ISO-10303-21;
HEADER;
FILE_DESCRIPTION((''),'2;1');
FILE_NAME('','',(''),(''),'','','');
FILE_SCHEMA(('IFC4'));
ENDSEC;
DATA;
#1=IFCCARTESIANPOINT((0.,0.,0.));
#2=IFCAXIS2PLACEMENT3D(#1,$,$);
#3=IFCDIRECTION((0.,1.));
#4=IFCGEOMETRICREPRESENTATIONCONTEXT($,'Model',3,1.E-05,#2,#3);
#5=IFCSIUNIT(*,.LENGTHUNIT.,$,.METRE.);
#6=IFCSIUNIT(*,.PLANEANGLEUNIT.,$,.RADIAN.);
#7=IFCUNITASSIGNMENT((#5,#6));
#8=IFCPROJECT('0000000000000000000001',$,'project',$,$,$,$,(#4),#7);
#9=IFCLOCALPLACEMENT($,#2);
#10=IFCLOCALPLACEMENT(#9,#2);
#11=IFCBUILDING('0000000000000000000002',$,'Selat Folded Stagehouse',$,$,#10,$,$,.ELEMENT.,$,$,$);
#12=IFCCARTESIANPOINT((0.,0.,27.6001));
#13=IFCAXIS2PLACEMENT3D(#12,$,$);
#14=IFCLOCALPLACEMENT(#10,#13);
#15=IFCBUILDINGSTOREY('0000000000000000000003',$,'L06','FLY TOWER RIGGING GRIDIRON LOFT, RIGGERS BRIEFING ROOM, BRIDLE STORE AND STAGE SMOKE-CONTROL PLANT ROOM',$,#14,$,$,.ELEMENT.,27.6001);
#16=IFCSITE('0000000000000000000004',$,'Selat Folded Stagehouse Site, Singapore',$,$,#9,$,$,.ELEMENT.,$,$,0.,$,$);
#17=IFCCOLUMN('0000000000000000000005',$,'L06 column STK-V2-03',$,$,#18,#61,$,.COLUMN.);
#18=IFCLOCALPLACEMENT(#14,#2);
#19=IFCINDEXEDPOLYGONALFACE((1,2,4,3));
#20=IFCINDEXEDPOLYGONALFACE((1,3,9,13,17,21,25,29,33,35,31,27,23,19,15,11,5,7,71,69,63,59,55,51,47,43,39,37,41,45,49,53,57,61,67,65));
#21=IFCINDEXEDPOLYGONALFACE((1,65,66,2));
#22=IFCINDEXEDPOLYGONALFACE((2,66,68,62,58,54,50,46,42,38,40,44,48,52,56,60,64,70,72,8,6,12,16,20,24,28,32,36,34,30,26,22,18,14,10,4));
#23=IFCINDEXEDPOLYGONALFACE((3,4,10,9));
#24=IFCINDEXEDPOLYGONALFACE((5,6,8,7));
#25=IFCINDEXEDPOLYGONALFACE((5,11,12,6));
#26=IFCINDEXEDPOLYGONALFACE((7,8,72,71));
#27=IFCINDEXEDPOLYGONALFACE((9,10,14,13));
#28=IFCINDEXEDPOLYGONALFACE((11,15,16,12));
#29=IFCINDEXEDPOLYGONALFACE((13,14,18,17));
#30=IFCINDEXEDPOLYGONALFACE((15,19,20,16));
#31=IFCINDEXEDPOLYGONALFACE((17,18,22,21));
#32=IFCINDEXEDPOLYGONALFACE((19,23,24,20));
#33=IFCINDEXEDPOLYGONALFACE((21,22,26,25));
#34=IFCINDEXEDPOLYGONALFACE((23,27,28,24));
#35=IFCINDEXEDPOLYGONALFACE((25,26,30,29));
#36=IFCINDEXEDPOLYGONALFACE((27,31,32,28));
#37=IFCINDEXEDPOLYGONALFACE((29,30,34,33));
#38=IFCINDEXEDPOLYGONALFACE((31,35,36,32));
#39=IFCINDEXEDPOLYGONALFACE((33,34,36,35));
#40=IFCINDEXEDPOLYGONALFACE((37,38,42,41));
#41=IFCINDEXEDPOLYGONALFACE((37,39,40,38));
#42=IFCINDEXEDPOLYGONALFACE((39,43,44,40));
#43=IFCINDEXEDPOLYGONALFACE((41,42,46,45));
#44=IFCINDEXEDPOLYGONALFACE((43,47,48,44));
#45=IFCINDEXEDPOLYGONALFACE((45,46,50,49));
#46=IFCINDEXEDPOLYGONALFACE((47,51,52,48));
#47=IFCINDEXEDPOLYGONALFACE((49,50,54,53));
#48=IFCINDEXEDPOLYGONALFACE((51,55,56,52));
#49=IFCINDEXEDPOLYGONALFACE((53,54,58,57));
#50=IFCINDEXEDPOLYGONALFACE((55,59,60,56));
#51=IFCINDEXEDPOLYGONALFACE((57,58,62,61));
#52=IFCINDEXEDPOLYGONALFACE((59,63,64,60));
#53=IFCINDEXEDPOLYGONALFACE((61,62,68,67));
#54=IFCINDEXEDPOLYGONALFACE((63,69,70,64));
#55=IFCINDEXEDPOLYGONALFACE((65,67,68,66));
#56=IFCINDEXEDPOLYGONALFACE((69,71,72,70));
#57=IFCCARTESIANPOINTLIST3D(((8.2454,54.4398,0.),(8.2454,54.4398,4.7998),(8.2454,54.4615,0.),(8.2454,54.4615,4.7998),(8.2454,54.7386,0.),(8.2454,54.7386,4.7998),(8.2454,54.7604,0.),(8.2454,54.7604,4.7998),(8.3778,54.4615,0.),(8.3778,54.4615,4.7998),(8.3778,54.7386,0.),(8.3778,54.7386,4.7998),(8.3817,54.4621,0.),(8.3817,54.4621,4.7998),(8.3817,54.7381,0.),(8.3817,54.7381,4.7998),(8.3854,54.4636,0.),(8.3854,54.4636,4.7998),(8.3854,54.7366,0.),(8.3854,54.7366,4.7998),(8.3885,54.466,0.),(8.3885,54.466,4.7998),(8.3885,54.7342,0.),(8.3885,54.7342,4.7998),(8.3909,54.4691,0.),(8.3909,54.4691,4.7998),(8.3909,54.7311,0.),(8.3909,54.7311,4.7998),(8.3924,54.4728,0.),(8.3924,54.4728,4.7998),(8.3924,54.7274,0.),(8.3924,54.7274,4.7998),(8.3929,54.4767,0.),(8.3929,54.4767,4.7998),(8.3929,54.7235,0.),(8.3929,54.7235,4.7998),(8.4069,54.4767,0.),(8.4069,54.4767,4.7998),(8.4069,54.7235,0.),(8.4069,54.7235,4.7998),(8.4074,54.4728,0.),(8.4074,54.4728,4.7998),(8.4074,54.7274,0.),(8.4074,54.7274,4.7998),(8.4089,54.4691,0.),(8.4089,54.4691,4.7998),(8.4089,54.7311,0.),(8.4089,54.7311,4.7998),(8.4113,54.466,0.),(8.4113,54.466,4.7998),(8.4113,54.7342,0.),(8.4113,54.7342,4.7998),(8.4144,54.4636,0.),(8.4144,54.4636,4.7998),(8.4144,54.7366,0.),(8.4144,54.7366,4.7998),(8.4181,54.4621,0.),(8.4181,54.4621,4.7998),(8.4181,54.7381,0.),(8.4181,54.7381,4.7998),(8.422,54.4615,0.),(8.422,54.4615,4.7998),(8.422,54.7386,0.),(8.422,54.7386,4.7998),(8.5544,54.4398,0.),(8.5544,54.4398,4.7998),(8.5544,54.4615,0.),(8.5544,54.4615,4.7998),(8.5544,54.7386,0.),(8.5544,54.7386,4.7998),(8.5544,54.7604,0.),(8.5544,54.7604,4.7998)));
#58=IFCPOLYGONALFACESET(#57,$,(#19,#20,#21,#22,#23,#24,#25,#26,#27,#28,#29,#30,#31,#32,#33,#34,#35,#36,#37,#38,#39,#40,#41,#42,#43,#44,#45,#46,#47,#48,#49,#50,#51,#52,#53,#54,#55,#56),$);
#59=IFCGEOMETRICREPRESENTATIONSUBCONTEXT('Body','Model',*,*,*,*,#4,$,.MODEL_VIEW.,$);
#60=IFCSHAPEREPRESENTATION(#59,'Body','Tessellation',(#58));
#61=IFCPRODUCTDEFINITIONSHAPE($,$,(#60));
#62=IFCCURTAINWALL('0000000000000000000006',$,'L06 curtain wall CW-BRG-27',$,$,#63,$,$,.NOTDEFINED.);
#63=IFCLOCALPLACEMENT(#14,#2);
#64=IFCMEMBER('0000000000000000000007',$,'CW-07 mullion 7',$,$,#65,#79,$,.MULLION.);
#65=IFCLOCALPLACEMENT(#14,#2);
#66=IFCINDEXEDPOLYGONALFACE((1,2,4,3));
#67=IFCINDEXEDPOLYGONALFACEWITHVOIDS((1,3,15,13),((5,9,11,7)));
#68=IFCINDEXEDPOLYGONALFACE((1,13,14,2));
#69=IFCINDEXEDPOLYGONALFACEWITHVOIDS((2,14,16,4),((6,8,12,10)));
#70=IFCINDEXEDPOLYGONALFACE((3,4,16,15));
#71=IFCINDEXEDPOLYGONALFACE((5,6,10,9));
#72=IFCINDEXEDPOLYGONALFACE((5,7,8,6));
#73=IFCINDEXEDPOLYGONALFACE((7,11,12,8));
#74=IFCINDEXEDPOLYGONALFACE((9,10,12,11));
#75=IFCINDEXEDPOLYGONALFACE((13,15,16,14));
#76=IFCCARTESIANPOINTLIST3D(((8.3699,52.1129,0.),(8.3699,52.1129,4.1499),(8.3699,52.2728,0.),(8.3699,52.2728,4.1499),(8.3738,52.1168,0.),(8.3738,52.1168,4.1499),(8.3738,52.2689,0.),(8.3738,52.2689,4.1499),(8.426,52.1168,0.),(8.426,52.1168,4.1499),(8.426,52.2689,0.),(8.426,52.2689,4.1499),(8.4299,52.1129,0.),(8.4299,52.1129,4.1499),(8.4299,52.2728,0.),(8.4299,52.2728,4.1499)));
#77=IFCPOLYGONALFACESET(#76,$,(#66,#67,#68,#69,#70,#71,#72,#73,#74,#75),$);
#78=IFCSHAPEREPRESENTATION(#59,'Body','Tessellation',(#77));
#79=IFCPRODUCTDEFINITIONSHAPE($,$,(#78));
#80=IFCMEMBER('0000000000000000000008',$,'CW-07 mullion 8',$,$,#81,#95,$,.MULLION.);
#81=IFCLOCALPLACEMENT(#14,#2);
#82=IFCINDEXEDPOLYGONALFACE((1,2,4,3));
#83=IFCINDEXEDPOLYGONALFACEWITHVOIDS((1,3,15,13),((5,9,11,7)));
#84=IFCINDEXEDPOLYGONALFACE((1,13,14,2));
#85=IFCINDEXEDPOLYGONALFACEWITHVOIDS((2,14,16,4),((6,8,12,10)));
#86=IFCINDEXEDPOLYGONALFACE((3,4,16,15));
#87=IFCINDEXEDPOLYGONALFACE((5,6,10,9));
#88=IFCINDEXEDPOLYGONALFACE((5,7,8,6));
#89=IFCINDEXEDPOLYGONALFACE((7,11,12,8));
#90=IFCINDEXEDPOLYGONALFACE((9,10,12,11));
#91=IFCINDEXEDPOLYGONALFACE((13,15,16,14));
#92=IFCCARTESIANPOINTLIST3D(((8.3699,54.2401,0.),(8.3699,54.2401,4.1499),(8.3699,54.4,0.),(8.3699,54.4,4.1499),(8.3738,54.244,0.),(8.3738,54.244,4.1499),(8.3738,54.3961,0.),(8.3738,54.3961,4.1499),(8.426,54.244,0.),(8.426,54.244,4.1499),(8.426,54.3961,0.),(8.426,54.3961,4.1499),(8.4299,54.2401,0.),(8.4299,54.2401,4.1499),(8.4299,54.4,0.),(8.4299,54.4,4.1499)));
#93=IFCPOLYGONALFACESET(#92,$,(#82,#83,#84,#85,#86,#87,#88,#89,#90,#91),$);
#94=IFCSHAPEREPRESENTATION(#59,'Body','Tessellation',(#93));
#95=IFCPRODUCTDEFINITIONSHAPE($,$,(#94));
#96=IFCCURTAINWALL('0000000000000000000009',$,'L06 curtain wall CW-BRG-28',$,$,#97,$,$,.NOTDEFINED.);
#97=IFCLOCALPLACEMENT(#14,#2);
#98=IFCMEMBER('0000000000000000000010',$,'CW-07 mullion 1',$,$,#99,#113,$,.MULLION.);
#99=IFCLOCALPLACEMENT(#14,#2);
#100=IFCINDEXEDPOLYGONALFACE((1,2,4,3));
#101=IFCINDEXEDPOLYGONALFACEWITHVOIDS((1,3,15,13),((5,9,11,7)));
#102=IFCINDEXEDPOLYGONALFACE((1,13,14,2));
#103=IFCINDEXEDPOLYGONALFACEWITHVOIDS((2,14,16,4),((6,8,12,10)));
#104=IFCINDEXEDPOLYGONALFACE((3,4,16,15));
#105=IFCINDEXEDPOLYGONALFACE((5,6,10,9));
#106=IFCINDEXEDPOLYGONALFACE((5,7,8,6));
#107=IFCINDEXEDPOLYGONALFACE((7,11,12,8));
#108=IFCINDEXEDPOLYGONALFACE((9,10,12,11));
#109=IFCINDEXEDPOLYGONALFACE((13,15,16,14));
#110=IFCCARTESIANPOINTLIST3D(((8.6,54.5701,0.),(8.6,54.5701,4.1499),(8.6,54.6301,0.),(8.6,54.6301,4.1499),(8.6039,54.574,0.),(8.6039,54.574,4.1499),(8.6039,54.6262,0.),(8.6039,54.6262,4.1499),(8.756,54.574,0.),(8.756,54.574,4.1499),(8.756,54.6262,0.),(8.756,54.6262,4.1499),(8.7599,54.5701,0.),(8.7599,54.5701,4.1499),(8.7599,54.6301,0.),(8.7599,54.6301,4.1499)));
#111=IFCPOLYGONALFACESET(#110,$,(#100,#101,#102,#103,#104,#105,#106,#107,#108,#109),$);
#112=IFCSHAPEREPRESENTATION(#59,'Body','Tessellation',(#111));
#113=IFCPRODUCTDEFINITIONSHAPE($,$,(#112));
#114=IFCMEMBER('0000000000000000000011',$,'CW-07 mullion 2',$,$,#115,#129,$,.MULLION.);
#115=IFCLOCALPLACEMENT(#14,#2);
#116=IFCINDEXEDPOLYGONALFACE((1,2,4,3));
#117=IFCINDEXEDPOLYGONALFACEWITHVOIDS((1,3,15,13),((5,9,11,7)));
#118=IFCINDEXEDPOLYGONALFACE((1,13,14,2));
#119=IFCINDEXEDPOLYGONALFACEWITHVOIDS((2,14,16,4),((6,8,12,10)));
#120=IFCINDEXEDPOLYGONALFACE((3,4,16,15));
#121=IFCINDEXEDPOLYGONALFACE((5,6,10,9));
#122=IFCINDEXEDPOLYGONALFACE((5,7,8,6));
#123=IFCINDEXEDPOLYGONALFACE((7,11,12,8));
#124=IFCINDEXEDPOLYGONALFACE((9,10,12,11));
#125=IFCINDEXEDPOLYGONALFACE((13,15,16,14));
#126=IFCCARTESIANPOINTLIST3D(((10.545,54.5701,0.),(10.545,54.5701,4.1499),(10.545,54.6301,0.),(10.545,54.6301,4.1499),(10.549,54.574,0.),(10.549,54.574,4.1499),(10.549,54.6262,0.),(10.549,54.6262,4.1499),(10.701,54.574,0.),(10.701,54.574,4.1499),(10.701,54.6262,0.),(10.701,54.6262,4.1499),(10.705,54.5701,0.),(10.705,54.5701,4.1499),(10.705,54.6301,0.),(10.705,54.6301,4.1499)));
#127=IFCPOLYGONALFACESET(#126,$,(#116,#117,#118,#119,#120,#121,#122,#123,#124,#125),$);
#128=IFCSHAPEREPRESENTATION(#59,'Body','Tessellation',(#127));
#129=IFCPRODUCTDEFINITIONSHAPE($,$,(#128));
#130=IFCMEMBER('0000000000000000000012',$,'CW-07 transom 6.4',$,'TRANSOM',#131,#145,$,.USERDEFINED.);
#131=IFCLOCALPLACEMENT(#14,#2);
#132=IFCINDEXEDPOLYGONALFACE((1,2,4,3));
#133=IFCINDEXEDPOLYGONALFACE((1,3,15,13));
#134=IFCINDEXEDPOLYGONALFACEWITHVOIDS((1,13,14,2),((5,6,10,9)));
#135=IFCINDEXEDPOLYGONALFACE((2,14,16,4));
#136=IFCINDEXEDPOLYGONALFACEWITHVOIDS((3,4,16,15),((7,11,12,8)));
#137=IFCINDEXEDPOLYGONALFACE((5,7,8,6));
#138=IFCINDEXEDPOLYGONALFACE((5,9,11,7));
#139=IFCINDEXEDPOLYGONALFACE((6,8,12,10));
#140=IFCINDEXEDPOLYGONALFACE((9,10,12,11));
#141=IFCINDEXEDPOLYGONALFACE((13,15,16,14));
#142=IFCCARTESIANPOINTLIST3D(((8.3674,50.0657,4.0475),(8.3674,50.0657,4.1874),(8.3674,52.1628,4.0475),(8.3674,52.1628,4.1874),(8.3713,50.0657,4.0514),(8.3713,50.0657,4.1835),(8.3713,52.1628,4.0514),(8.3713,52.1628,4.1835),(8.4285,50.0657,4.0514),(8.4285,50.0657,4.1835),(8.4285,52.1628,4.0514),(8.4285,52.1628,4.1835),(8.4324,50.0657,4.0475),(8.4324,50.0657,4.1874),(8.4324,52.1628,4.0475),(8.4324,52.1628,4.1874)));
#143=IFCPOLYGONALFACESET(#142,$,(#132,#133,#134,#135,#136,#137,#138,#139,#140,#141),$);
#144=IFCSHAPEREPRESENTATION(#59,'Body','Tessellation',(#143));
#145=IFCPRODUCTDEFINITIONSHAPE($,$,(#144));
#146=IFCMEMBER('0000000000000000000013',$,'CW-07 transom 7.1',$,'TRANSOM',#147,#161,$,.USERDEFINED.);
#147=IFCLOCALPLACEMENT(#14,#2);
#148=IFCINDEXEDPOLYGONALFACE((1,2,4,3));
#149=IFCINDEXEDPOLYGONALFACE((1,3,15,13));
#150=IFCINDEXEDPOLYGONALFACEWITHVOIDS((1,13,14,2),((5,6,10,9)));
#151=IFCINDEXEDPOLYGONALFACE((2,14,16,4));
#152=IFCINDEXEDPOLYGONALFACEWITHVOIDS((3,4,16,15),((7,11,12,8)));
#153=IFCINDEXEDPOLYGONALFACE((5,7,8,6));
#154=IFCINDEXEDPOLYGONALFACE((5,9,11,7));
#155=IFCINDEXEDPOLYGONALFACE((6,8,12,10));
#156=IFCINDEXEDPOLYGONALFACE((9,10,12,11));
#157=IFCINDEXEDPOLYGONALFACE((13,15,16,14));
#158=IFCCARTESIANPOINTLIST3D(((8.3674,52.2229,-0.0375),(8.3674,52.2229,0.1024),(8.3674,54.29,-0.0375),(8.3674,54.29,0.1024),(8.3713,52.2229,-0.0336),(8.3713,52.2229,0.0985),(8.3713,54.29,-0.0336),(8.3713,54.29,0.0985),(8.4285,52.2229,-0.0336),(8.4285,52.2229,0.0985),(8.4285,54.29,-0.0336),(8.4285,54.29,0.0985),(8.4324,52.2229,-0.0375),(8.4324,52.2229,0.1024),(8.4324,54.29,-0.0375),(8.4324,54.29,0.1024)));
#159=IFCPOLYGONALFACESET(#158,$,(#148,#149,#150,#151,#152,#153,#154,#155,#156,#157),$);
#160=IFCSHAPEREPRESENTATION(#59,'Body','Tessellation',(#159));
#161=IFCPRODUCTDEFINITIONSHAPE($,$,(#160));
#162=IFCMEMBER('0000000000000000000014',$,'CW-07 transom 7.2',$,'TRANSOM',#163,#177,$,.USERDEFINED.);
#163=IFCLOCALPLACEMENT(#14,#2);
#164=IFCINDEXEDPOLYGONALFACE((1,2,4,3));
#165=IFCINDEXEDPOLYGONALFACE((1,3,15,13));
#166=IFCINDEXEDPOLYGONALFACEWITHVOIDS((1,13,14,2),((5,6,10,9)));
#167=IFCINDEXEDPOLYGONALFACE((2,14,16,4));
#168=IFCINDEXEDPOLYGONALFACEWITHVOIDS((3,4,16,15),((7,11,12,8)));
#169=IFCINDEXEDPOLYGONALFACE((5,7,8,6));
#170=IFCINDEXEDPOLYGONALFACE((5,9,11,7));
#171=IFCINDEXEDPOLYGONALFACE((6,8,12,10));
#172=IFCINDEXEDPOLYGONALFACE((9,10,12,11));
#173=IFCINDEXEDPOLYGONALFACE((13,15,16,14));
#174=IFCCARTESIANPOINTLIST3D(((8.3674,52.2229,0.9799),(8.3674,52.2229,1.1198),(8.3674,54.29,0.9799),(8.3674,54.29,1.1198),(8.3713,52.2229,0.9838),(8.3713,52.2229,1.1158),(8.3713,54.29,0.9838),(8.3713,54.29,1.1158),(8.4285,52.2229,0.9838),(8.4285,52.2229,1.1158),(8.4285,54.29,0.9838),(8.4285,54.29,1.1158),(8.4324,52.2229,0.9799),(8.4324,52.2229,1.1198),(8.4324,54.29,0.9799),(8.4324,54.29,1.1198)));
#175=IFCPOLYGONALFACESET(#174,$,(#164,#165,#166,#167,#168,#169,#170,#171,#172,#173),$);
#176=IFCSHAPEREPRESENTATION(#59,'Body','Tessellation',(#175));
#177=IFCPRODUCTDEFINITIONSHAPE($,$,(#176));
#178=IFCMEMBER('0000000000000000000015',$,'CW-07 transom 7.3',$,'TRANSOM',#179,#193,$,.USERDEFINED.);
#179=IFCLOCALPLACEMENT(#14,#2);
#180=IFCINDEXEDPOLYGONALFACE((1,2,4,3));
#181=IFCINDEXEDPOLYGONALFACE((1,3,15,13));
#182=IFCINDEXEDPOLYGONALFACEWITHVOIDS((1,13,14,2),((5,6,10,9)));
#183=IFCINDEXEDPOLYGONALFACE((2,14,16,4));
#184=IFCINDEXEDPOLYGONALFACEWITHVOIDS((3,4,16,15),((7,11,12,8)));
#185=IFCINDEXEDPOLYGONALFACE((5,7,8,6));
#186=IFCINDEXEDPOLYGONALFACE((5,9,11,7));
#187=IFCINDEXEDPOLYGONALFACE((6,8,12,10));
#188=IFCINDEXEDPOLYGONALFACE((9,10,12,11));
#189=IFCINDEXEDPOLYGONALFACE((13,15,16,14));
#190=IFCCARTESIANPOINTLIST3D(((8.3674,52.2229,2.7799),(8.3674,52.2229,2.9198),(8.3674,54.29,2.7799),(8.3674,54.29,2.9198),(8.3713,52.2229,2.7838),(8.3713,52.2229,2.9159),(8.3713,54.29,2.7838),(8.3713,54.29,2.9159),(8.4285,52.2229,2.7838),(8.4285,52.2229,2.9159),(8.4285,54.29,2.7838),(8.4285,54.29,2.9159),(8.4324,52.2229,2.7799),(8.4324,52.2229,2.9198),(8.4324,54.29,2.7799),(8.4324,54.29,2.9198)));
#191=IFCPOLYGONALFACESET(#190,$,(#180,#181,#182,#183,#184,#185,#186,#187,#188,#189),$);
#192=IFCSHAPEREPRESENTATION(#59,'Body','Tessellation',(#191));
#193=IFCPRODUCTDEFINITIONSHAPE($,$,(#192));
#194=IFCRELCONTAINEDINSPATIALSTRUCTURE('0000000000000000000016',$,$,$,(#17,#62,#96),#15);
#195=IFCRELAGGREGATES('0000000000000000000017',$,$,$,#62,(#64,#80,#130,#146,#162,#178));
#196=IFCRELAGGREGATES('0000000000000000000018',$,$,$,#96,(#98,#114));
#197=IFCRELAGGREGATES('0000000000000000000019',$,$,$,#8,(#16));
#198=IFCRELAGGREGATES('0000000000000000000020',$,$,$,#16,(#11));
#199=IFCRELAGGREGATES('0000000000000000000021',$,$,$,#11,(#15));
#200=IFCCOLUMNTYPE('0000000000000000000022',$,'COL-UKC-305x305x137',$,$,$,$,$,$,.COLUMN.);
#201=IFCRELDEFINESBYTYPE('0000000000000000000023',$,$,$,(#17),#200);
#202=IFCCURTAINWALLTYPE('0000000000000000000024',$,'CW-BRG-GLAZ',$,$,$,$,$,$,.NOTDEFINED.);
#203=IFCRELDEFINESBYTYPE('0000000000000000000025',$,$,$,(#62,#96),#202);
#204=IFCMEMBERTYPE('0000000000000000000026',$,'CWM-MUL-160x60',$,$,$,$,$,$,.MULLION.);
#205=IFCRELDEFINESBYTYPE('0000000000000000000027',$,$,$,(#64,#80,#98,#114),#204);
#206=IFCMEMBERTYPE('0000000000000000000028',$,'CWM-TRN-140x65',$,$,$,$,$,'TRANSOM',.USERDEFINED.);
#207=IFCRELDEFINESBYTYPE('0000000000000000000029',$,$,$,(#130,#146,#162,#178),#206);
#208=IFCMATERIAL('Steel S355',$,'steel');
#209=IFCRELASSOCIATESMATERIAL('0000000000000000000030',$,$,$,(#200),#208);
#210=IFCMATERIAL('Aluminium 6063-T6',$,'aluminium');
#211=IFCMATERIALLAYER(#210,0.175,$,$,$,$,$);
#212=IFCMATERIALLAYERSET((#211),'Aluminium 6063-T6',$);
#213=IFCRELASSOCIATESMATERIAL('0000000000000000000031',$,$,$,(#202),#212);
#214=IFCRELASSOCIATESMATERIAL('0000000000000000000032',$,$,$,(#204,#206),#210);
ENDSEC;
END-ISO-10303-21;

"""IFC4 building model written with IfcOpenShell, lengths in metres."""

from ifc_helpers import new_model, si_unit, direction, frame, origin, origin_2d, place, context, subcontext, project, spatial, hollow_rectangle, i_section, extrude, material, layer, layer_set, material_profile, profile_set, type_object, element, aggregate, save


model = new_model("IFC4")

# Units and contexts
model_context = context("Model", 3, precision=1e-05, world=origin(), true_north=direction((0.0, 1.0)))
body_context = subcontext(model_context, "Body", "Model", "MODEL_VIEW")
ifc_project = project(units=[si_unit("LENGTHUNIT", "METRE"), si_unit("PLANEANGLEUNIT", "RADIAN")], contexts=[model_context])

# Site, building, storey
site_placement = place(None, origin())
site = spatial("IfcSite", under=ifc_project, at=site_placement, Name="Selat Folded Stagehouse Site, Singapore", CompositionType="ELEMENT", RefElevation=0.0)
building_placement = place(site_placement, origin())
building = spatial("IfcBuilding", under=site, at=building_placement, Name="Selat Folded Stagehouse", CompositionType="ELEMENT")
storey_placement = place(building_placement, frame((0.0, 0.0, 27.6001)))
storey = spatial("IfcBuildingStorey", under=building, at=storey_placement, Name="L06", Description="FLY TOWER RIGGING GRIDIRON LOFT, RIGGERS BRIEFING ROOM, BRIDLE STORE AND STAGE SMOKE-CONTROL PLANT ROOM", CompositionType="ELEMENT", Elevation=27.6001)

# Column
ifc_material_1 = material(Name="Steel S355", Category="steel")
ifc_material_profile_1 = material_profile(ifc_material_1, i_section(OverallWidth=0.3091, OverallDepth=0.3206, WebThickness=0.0139, FlangeThickness=0.0217, FilletRadius=0.0151, at=origin_2d()), Name="UKC 305x305x137")
ifc_profile_set_1 = profile_set([ifc_material_profile_1], Name="Steel S355")
column_type = type_object("IfcColumnType", Name="COL-UKC-305x305x137", PredefinedType="COLUMN", material=ifc_profile_set_1)
column_placement = place(storey_placement, frame((8.3999, 54.6001, 0.0), z_axis=(0.0, 0.0, 1.0), x_axis=(1.0, 0.0, 0.0)))
element("IfcColumn", 1, at=column_placement, inside=storey, type_object=column_type, Name="L06 column STK-V2-03", PredefinedType="COLUMN", context=body_context, shape_type="SweptSolid", body=[
    extrude(i_section(OverallWidth=0.3091, OverallDepth=0.3206, WebThickness=0.0139, FlangeThickness=0.0217, FilletRadius=0.0151, at=origin_2d()), origin(), (0.0, 0.0, 1.0), 4.7998),
])

# Curtain walls, members
ifc_material_2 = material(Name="Aluminium 6063-T6", Category="aluminium")
ifc_layer_1 = layer(ifc_material_2, 0.175)
ifc_layer_set_1 = layer_set([ifc_layer_1], Name="Aluminium 6063-T6")
curtain_wall_type = type_object("IfcCurtainWallType", Name="CW-BRG-GLAZ", PredefinedType="NOTDEFINED", material=ifc_layer_set_1)
curtain_wall_1_placement = place(storey_placement, origin())
curtain_wall_1 = element("IfcCurtainWall", 2, at=curtain_wall_1_placement, inside=storey, type_object=curtain_wall_type, Name="L06 curtain wall CW-BRG-27", PredefinedType="NOTDEFINED")
ifc_material_profile_2 = material_profile(ifc_material_2, hollow_rectangle(XDim=0.0601, YDim=0.1599, WallThickness=0.0039, at=origin_2d()), Name="ALU 160x60x4.0")
ifc_profile_set_2 = profile_set([ifc_material_profile_2], Name="Aluminium 6063-T6")
member_type_1 = type_object("IfcMemberType", Name="CWM-MUL-160x60", PredefinedType="MULLION", material=ifc_profile_set_2)
member_1_placement = place(storey_placement, frame((8.3999, 52.1929, 0.0), z_axis=(0.0, 0.0, 1.0), x_axis=(-1.0, 0.0, 0.0)))
member_1 = element("IfcMember", 3, at=member_1_placement, type_object=member_type_1, Name="CW-07 mullion 7", PredefinedType="MULLION", context=body_context, shape_type="SweptSolid", body=[
    extrude(hollow_rectangle(XDim=0.0601, YDim=0.1599, WallThickness=0.0039, at=origin_2d()), origin(), (0.0, 0.0, 1.0), 4.1499),
])
member_2_placement = place(storey_placement, frame((8.3999, 54.3201, 0.0), z_axis=(0.0, 0.0, 1.0), x_axis=(-1.0, 0.0, 0.0)))
member_2 = element("IfcMember", 4, at=member_2_placement, type_object=member_type_1, Name="CW-07 mullion 8", PredefinedType="MULLION", context=body_context, shape_type="SweptSolid", body=[
    extrude(hollow_rectangle(XDim=0.0601, YDim=0.1599, WallThickness=0.0039, at=origin_2d()), origin(), (0.0, 0.0, 1.0), 4.1499),
])
curtain_wall_2_placement = place(storey_placement, origin())
curtain_wall_2 = element("IfcCurtainWall", 5, at=curtain_wall_2_placement, inside=storey, type_object=curtain_wall_type, Name="L06 curtain wall CW-BRG-28", PredefinedType="NOTDEFINED")
member_3_placement = place(storey_placement, frame((8.6799, 54.6001, 0.0), z_axis=(0.0, 0.0, 1.0), x_axis=(0.0, 1.0, 0.0)))
member_3 = element("IfcMember", 6, at=member_3_placement, type_object=member_type_1, Name="CW-07 mullion 1", PredefinedType="MULLION", context=body_context, shape_type="SweptSolid", body=[
    extrude(hollow_rectangle(XDim=0.0601, YDim=0.1599, WallThickness=0.0039, at=origin_2d()), origin(), (0.0, 0.0, 1.0), 4.1499),
])
member_4_placement = place(storey_placement, frame((10.625, 54.6001, 0.0), z_axis=(0.0, 0.0, 1.0), x_axis=(0.0, 1.0, 0.0)))
member_4 = element("IfcMember", 7, at=member_4_placement, type_object=member_type_1, Name="CW-07 mullion 2", PredefinedType="MULLION", context=body_context, shape_type="SweptSolid", body=[
    extrude(hollow_rectangle(XDim=0.0601, YDim=0.1599, WallThickness=0.0039, at=origin_2d()), origin(), (0.0, 0.0, 1.0), 4.1499),
])

# Members
ifc_material_profile_3 = material_profile(ifc_material_2, hollow_rectangle(XDim=0.0649, YDim=0.1399, WallThickness=0.0039, at=origin_2d()), Name="ALU 140x65x4.0")
ifc_profile_set_3 = profile_set([ifc_material_profile_3], Name="Aluminium 6063-T6")
member_type_2 = type_object("IfcMemberType", Name="CWM-TRN-140x65", ElementType="TRANSOM", PredefinedType="USERDEFINED", material=ifc_profile_set_3)
member_5_placement = place(storey_placement, frame((8.3999, 50.0657, 4.1174), z_axis=(0.0, 1.0, 0.0), x_axis=(-1.0, 0.0, 0.0)))
member_5 = element("IfcMember", 8, at=member_5_placement, type_object=member_type_2, Name="CW-07 transom 6.4", ObjectType="TRANSOM", PredefinedType="USERDEFINED", context=body_context, shape_type="SweptSolid", body=[
    extrude(hollow_rectangle(XDim=0.0649, YDim=0.1399, WallThickness=0.0039, at=origin_2d()), origin(), (0.0, 0.0, 1.0), 2.0972),
])
member_6_placement = place(storey_placement, frame((8.3999, 52.2229, 0.0325), z_axis=(0.0, 1.0, 0.0), x_axis=(-1.0, 0.0, 0.0)))
member_6 = element("IfcMember", 9, at=member_6_placement, type_object=member_type_2, Name="CW-07 transom 7.1", ObjectType="TRANSOM", PredefinedType="USERDEFINED", context=body_context, shape_type="SweptSolid", body=[
    extrude(hollow_rectangle(XDim=0.0649, YDim=0.1399, WallThickness=0.0039, at=origin_2d()), origin(), (0.0, 0.0, 1.0), 2.0671),
])
member_7_placement = place(storey_placement, frame((8.3999, 52.2229, 1.0498), z_axis=(0.0, 1.0, 0.0), x_axis=(-1.0, 0.0, 0.0)))
member_7 = element("IfcMember", 10, at=member_7_placement, type_object=member_type_2, Name="CW-07 transom 7.2", ObjectType="TRANSOM", PredefinedType="USERDEFINED", context=body_context, shape_type="SweptSolid", body=[
    extrude(hollow_rectangle(XDim=0.0649, YDim=0.1399, WallThickness=0.0039, at=origin_2d()), origin(), (0.0, 0.0, 1.0), 2.0671),
])
member_8_placement = place(storey_placement, frame((8.3999, 52.2229, 2.8499), z_axis=(0.0, 1.0, 0.0), x_axis=(-1.0, 0.0, 0.0)))
member_8 = element("IfcMember", 11, at=member_8_placement, type_object=member_type_2, Name="CW-07 transom 7.3", ObjectType="TRANSOM", PredefinedType="USERDEFINED", context=body_context, shape_type="SweptSolid", body=[
    extrude(hollow_rectangle(XDim=0.0649, YDim=0.1399, WallThickness=0.0039, at=origin_2d()), origin(), (0.0, 0.0, 1.0), 2.0671),
])

aggregate(curtain_wall_1, [member_1, member_2, member_5, member_6, member_7, member_8])
aggregate(curtain_wall_2, [member_3, member_4])

save(model, "model.ifc")
